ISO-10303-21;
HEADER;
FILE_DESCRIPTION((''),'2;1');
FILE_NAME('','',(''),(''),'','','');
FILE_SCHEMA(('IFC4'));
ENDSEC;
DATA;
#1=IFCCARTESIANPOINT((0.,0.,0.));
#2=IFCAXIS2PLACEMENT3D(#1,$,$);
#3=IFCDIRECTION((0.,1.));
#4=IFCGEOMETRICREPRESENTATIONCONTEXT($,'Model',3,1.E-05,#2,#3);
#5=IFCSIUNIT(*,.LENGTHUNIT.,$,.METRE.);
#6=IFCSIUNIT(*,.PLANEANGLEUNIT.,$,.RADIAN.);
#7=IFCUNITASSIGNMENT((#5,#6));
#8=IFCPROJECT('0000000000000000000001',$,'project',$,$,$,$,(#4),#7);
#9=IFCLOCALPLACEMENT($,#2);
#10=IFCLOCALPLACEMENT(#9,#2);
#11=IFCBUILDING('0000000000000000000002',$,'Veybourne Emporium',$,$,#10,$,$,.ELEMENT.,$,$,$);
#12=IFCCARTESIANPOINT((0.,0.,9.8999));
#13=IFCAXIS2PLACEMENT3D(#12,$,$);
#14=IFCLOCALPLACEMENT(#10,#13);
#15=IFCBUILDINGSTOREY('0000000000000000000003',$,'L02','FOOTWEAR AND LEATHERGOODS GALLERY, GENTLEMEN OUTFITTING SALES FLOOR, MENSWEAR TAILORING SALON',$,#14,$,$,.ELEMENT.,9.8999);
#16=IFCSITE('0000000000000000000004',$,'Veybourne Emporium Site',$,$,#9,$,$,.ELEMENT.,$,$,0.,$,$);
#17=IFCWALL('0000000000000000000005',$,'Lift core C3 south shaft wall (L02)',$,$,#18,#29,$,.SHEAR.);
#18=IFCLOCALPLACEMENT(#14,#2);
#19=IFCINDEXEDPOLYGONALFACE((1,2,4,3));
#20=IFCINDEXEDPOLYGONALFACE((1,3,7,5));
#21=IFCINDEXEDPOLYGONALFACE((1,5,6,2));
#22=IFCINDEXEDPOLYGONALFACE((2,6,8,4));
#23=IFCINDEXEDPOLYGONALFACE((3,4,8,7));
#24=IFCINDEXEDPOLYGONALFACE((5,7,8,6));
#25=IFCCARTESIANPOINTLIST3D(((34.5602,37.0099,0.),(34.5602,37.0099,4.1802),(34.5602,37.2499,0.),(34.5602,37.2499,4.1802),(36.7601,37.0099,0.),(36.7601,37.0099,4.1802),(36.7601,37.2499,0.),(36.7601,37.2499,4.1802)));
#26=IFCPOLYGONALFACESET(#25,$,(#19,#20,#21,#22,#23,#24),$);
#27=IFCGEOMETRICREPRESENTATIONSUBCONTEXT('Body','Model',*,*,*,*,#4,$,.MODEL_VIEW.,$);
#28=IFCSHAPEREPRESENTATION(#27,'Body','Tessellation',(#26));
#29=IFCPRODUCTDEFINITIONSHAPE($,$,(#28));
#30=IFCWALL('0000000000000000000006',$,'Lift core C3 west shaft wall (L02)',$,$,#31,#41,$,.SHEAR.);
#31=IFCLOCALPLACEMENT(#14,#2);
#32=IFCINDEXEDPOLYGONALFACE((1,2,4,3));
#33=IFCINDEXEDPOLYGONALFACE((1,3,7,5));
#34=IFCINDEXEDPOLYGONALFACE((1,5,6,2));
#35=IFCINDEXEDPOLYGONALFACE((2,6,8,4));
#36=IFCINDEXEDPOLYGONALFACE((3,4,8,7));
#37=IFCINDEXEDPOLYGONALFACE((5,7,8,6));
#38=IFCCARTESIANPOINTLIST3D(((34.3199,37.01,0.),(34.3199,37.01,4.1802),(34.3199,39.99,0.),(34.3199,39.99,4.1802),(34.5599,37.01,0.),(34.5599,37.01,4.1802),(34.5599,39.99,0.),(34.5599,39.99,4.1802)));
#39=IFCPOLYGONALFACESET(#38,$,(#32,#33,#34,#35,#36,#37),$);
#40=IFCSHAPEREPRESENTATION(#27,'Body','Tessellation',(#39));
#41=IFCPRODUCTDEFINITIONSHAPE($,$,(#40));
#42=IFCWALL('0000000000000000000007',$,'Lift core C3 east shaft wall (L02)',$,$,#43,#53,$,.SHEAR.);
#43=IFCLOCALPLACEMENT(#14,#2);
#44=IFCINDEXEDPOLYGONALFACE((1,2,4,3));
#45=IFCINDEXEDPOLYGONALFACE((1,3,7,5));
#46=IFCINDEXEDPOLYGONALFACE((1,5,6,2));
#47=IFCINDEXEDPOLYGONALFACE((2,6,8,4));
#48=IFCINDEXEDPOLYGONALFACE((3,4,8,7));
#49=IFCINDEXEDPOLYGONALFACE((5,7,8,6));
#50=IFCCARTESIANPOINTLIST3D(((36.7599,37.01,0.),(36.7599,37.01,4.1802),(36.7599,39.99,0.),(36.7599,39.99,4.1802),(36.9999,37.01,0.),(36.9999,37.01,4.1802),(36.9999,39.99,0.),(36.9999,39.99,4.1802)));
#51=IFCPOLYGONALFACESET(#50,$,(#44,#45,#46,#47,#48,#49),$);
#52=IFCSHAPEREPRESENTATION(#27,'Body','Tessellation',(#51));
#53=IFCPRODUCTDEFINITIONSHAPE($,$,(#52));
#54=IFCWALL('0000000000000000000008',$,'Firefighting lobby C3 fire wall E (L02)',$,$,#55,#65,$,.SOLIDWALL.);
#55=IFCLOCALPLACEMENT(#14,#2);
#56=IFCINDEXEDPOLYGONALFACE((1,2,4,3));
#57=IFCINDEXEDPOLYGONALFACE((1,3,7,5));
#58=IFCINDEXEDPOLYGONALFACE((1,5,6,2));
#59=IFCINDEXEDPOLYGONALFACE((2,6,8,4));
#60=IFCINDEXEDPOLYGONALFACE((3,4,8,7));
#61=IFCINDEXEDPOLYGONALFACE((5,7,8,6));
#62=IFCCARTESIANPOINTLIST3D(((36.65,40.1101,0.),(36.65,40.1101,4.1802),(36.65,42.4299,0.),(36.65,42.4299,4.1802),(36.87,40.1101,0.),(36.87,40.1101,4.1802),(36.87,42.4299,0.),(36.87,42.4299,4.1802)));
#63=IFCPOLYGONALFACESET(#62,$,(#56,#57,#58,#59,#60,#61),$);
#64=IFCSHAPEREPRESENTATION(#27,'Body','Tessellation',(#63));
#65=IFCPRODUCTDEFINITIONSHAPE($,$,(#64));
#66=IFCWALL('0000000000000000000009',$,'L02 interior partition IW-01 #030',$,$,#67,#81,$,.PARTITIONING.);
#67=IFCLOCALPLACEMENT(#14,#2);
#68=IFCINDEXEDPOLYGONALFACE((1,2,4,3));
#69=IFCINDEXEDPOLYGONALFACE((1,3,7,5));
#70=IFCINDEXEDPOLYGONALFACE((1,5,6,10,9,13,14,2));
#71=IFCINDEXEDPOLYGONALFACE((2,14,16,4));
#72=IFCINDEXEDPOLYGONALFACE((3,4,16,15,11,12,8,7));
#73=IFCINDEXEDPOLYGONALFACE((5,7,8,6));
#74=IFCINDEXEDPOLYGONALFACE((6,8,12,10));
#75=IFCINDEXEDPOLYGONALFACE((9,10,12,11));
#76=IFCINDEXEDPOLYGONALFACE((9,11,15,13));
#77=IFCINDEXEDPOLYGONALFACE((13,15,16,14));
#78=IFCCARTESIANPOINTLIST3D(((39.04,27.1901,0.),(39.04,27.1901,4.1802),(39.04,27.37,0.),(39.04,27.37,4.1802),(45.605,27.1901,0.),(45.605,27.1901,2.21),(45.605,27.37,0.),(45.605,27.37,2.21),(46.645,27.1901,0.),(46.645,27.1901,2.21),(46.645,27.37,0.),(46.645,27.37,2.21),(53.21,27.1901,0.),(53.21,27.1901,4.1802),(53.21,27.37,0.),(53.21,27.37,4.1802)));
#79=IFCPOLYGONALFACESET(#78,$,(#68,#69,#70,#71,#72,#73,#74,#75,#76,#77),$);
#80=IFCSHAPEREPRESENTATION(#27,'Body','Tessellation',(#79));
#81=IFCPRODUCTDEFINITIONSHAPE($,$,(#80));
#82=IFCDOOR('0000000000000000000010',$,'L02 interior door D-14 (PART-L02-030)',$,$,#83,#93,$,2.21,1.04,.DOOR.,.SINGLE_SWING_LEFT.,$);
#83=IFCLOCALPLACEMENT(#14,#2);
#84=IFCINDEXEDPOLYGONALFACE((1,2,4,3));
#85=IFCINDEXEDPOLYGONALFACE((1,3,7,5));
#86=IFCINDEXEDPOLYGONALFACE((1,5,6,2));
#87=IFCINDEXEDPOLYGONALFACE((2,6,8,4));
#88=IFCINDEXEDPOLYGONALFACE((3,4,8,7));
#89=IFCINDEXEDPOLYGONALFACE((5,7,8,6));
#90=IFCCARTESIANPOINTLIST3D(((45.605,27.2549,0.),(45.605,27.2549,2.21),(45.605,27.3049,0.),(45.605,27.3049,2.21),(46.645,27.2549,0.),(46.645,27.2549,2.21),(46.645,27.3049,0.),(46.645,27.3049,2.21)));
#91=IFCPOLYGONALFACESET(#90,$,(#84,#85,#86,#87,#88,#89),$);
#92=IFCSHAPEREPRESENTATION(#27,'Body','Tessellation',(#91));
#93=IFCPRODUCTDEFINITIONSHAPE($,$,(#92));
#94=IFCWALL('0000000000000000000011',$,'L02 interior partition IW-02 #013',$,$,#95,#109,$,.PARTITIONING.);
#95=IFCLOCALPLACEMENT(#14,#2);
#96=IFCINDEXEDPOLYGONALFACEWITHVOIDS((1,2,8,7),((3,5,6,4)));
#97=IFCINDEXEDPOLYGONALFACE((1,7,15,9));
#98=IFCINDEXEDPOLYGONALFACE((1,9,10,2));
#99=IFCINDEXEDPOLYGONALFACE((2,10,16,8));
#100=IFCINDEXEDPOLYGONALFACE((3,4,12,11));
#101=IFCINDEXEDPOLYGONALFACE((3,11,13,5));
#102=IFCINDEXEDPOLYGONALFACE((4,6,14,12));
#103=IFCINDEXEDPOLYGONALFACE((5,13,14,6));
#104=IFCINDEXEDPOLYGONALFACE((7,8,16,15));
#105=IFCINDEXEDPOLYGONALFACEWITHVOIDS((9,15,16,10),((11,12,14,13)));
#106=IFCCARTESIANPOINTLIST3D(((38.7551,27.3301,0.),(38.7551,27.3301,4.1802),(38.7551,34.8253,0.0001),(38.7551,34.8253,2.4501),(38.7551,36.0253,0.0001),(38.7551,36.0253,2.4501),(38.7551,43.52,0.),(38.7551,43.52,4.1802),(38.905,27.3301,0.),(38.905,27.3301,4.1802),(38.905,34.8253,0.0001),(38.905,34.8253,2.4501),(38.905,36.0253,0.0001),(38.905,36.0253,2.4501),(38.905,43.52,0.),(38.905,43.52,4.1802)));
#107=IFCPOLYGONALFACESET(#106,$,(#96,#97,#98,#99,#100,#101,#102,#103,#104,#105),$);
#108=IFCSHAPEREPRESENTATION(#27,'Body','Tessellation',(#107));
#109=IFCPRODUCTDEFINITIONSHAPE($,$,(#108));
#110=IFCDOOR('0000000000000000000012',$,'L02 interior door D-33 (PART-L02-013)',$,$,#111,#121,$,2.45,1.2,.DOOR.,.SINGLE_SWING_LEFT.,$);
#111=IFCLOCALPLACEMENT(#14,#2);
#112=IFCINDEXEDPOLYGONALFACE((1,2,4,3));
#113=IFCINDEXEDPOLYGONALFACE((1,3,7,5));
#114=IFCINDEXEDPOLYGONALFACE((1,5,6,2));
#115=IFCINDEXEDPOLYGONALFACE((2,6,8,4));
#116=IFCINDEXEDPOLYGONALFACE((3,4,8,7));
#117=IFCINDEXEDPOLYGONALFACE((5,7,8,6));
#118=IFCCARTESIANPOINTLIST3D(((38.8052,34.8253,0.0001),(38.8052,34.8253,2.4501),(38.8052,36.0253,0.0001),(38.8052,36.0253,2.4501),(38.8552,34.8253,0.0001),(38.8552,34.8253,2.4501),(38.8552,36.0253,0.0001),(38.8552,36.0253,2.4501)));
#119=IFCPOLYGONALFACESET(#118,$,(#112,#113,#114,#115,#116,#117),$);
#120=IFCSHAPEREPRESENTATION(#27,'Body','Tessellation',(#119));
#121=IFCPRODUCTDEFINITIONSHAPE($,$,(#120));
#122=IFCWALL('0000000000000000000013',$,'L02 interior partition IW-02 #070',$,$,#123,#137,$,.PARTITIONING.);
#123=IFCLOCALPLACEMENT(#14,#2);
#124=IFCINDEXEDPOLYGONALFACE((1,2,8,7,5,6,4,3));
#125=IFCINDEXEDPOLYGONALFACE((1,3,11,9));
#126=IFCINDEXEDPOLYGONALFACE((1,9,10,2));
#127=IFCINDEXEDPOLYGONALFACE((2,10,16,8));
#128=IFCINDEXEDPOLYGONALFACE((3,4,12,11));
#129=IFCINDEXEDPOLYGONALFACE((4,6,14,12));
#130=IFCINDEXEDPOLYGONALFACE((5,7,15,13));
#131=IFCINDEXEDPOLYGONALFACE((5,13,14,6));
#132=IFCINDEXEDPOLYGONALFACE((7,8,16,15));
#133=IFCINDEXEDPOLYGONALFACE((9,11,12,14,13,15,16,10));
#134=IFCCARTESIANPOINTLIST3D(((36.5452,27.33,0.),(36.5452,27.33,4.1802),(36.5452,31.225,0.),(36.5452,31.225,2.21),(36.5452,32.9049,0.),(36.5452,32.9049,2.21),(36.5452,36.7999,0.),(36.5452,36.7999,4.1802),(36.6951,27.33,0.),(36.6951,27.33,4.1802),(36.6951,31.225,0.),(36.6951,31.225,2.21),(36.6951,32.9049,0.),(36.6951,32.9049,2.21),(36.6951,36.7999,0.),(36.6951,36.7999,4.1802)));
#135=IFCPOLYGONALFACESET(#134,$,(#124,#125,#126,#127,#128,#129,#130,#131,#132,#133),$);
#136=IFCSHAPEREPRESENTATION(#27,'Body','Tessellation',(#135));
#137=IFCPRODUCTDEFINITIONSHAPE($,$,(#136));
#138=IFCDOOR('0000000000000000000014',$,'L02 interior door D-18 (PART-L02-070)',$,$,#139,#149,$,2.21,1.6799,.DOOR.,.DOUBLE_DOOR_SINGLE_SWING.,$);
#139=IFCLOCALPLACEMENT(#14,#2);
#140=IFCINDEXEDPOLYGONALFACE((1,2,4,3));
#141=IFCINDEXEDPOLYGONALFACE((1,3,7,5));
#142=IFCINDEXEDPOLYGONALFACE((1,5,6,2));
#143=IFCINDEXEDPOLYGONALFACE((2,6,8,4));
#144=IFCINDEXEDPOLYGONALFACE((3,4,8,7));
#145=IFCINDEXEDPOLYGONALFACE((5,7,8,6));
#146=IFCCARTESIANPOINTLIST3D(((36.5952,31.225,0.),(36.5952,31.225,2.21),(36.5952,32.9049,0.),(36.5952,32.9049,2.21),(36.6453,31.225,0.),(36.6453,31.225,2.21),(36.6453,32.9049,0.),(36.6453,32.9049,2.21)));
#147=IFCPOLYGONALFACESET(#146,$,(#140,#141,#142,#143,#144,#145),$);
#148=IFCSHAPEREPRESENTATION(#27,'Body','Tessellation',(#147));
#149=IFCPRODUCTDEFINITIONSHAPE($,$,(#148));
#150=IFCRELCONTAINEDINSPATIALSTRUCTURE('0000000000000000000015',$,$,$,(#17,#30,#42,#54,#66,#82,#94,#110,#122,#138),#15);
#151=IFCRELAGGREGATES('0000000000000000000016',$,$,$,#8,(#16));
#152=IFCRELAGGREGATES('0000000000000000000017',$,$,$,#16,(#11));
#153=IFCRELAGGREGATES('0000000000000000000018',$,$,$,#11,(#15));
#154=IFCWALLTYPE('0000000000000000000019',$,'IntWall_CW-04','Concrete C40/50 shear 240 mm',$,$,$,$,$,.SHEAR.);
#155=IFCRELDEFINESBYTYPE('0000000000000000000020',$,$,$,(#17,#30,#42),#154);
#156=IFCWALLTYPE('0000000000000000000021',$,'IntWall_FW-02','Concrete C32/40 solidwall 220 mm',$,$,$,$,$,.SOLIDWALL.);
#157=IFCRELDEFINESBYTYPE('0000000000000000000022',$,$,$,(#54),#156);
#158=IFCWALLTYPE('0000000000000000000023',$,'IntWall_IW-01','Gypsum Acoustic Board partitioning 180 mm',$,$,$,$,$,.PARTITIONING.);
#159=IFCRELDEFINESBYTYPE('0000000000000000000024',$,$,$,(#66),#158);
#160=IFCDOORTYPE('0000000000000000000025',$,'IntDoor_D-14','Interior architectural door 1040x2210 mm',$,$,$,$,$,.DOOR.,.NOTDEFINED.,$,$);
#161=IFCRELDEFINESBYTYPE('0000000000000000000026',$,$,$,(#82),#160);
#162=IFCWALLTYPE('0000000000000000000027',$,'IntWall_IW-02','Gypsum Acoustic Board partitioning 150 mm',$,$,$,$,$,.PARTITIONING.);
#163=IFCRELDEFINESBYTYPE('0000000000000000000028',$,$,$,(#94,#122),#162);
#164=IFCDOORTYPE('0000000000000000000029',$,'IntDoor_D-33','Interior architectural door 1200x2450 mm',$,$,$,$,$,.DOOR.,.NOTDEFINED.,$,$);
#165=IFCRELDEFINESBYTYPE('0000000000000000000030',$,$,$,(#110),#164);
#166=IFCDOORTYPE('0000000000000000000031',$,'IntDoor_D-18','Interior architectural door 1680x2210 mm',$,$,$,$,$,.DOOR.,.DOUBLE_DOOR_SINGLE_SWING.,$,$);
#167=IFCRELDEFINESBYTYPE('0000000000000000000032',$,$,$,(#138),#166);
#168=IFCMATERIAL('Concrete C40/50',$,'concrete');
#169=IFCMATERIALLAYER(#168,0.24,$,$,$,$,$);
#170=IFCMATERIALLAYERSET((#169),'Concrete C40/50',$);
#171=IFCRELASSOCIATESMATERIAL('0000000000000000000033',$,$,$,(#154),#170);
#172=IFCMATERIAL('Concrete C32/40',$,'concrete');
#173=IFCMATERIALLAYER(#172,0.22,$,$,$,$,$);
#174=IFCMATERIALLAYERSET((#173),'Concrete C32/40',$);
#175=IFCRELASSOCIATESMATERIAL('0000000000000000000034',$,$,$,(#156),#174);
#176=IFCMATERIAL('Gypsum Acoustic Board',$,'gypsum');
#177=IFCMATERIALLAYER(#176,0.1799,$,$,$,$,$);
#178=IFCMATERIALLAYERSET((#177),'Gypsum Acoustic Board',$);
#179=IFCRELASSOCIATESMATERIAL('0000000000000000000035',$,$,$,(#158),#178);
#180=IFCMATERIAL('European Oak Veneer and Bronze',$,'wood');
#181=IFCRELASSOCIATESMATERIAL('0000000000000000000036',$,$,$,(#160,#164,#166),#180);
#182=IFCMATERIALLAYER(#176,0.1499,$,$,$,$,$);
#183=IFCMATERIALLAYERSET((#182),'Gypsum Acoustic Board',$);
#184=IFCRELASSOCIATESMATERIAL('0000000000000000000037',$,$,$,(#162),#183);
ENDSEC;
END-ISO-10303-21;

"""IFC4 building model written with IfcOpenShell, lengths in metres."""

from ifc_helpers import new_model, si_unit, direction, frame, frame_2d, origin, place, context, subcontext, project, spatial, rectangle, extrude, material, layer, layer_set, type_object, element, fill, save


model = new_model("IFC4")

# Units and contexts
model_context = context("Model", 3, precision=1e-05, world=origin(), true_north=direction((0.0, 1.0)))
body_context = subcontext(model_context, "Body", "Model", "MODEL_VIEW")
ifc_project = project(units=[si_unit("LENGTHUNIT", "METRE"), si_unit("PLANEANGLEUNIT", "RADIAN")], contexts=[model_context])

# Site, building, storey
site_placement = place(None, origin())
site = spatial("IfcSite", under=ifc_project, at=site_placement, Name="Veybourne Emporium Site", CompositionType="ELEMENT", RefElevation=0.0)
building_placement = place(site_placement, origin())
building = spatial("IfcBuilding", under=site, at=building_placement, Name="Veybourne Emporium", CompositionType="ELEMENT")
storey_placement = place(building_placement, frame((0.0, 0.0, 9.8999)))
storey = spatial("IfcBuildingStorey", under=building, at=storey_placement, Name="L02", Description="FOOTWEAR AND LEATHERGOODS GALLERY, GENTLEMEN OUTFITTING SALES FLOOR, MENSWEAR TAILORING SALON", CompositionType="ELEMENT", Elevation=9.8999)

# Shared definitions
ifc_material_1 = material(Name="Concrete C40/50", Category="concrete")

# Shared definitions
ifc_material_2 = material(Name="Concrete C32/40", Category="concrete")

# Shared definitions
ifc_layer_1 = layer(ifc_material_1, 0.24)
ifc_layer_set_1 = layer_set([ifc_layer_1], Name="Concrete C40/50")
wall_type_1 = type_object("IfcWallType", Name="IntWall_CW-04", Description="Concrete C40/50 shear 240 mm", PredefinedType="SHEAR", material=ifc_layer_set_1)

# Walls
wall_1_placement = place(storey_placement, frame((34.5601, 37.1299, 0.0), z_axis=(0.0, 0.0, 1.0), x_axis=(1.0, 0.0, 0.0)))
element("IfcWall", 1, at=wall_1_placement, inside=storey, type_object=wall_type_1, Name="Lift core C3 south shaft wall (L02)", PredefinedType="SHEAR", context=body_context, shape_type="SweptSolid", body=[
    extrude(rectangle(XDim=2.2, YDim=0.24, at=frame_2d((1.1001, 0.0))), origin(), (0.0, 0.0, 1.0), 4.1802),
])
for number, where, z_axis, x_axis, name in (
    (2, (34.4399, 39.99, 0.0), (0.0, 0.0, 1.0), (0.0, -1.0, 0.0), "Lift core C3 west shaft wall (L02)"),
    (3, (36.8799, 37.01, 0.0), (0.0, 0.0, 1.0), (0.0, 1.0, 0.0), "Lift core C3 east shaft wall (L02)"),
):
    element("IfcWall", number, at=place(storey_placement, frame(where, z_axis=z_axis, x_axis=x_axis)), inside=storey, type_object=wall_type_1, Name=name, PredefinedType="SHEAR", context=body_context, shape_type="SweptSolid", body=[
        extrude(rectangle(XDim=2.98, YDim=0.24, at=frame_2d((1.49, 0.0))), origin(), (0.0, 0.0, 1.0), 4.1802),
    ])

# Shared definitions
ifc_layer_2 = layer(ifc_material_2, 0.22)
ifc_layer_set_2 = layer_set([ifc_layer_2], Name="Concrete C32/40")
wall_type_2 = type_object("IfcWallType", Name="IntWall_FW-02", Description="Concrete C32/40 solidwall 220 mm", PredefinedType="SOLIDWALL", material=ifc_layer_set_2)

# Wall
wall_2_placement = place(storey_placement, frame((36.76, 40.1101, 0.0), z_axis=(0.0, 0.0, 1.0), x_axis=(0.0, 1.0, 0.0)))
element("IfcWall", 4, at=wall_2_placement, inside=storey, type_object=wall_type_2, Name="Firefighting lobby C3 fire wall E (L02)", PredefinedType="SOLIDWALL", context=body_context, shape_type="SweptSolid", body=[
    extrude(rectangle(XDim=2.3198, YDim=0.22, at=frame_2d((1.1599, 0.0))), origin(), (0.0, 0.0, 1.0), 4.1802),
])

# Walls, openings, doors
ifc_material_3 = material(Name="Gypsum Acoustic Board", Category="gypsum")
ifc_layer_3 = layer(ifc_material_3, 0.1799)
ifc_layer_set_3 = layer_set([ifc_layer_3], Name="Gypsum Acoustic Board")
wall_type_3 = type_object("IfcWallType", Name="IntWall_IW-01", Description="Gypsum Acoustic Board partitioning 180 mm", PredefinedType="PARTITIONING", material=ifc_layer_set_3)
wall_3_placement = place(storey_placement, frame((39.04, 27.28, 0.0), z_axis=(0.0, 0.0, 1.0), x_axis=(1.0, 0.0, 0.0)))
wall_3 = element("IfcWall", 5, at=wall_3_placement, inside=storey, type_object=wall_type_3, Name="L02 interior partition IW-01 #030", PredefinedType="PARTITIONING", context=body_context, shape_type="SweptSolid", body=[
    extrude(rectangle(XDim=14.1699, YDim=0.1799, at=frame_2d((7.085, 0.0))), origin(), (0.0, 0.0, 1.0), 4.1802),
])
opening_1_placement = place(wall_3_placement, frame((6.5649, 0.0, 0.0)))
opening_1 = element("IfcOpeningElement", 6, at=opening_1_placement, cuts=wall_3, PredefinedType="OPENING", context=body_context, shape_type="SweptSolid", body=[
    extrude(rectangle(XDim=1.04, YDim=2.21, at=frame_2d((0.52, 1.105))), frame((0.0, 0.1099, 0.0), z_axis=(0.0, -1.0, 0.0), x_axis=(1.0, 0.0, 0.0)), (0.0, 0.0, 1.0), 0.22),
])
ifc_material_4 = material(Name="European Oak Veneer and Bronze", Category="wood")
door_type_1 = type_object("IfcDoorType", Name="IntDoor_D-14", Description="Interior architectural door 1040x2210 mm", OperationType="NOTDEFINED", PredefinedType="DOOR", material=ifc_material_4)
door_1_placement = place(opening_1_placement, origin())
door_1 = element("IfcDoor", 7, at=door_1_placement, inside=storey, type_object=door_type_1, Name="L02 interior door D-14 (PART-L02-030)", OperationType="SINGLE_SWING_LEFT", OverallHeight=2.21, OverallWidth=1.04, PredefinedType="DOOR", context=body_context, shape_type="SweptSolid", body=[
    extrude(rectangle(XDim=1.04, YDim=2.21, at=frame_2d((0.52, 1.105))), frame((0.0, 0.0249, 0.0), z_axis=(0.0, -1.0, 0.0), x_axis=(1.0, 0.0, 0.0)), (0.0, 0.0, 1.0), 0.05),
])
fill(opening_1, door_1)
ifc_layer_4 = layer(ifc_material_3, 0.1499)
ifc_layer_set_4 = layer_set([ifc_layer_4], Name="Gypsum Acoustic Board")
wall_type_4 = type_object("IfcWallType", Name="IntWall_IW-02", Description="Gypsum Acoustic Board partitioning 150 mm", PredefinedType="PARTITIONING", material=ifc_layer_set_4)
wall_4_placement = place(storey_placement, frame((38.8301, 27.3301, 0.0), z_axis=(0.0, 0.0, 1.0), x_axis=(0.0, 1.0, 0.0)))
wall_4 = element("IfcWall", 8, at=wall_4_placement, inside=storey, type_object=wall_type_4, Name="L02 interior partition IW-02 #013", PredefinedType="PARTITIONING", context=body_context, shape_type="SweptSolid", body=[
    extrude(rectangle(XDim=16.1899, YDim=0.1499, at=frame_2d((8.095, 0.0))), origin(), (0.0, 0.0, 1.0), 4.1802),
])
opening_2_placement = place(wall_4_placement, frame((7.4951, 0.0, 0.0)))
opening_2 = element("IfcOpeningElement", 9, at=opening_2_placement, cuts=wall_4, PredefinedType="OPENING", context=body_context, shape_type="SweptSolid", body=[
    extrude(rectangle(XDim=1.2, YDim=2.45, at=frame_2d((0.6001, 1.2251))), frame((0.0, 0.095, 0.0), z_axis=(0.0, -1.0, 0.0), x_axis=(1.0, 0.0, 0.0)), (0.0, 0.0, 1.0), 0.1899),
])
door_type_2 = type_object("IfcDoorType", Name="IntDoor_D-33", Description="Interior architectural door 1200x2450 mm", OperationType="NOTDEFINED", PredefinedType="DOOR", material=ifc_material_4)
door_2_placement = place(opening_2_placement, origin())
door_2 = element("IfcDoor", 10, at=door_2_placement, inside=storey, type_object=door_type_2, Name="L02 interior door D-33 (PART-L02-013)", OperationType="SINGLE_SWING_LEFT", OverallHeight=2.45, OverallWidth=1.2, PredefinedType="DOOR", context=body_context, shape_type="SweptSolid", body=[
    extrude(rectangle(XDim=1.2, YDim=2.45, at=frame_2d((0.6001, 1.2251))), frame((0.0, 0.0249, 0.0), z_axis=(0.0, -1.0, 0.0), x_axis=(1.0, 0.0, 0.0)), (0.0, 0.0, 1.0), 0.05),
])
fill(opening_2, door_2)
wall_5_placement = place(storey_placement, frame((36.6201, 27.3301, 0.0), z_axis=(0.0, 0.0, 1.0), x_axis=(0.0, 1.0, 0.0)))
wall_5 = element("IfcWall", 11, at=wall_5_placement, inside=storey, type_object=wall_type_4, Name="L02 interior partition IW-02 #070", PredefinedType="PARTITIONING", context=body_context, shape_type="SweptSolid", body=[
    extrude(rectangle(XDim=9.47, YDim=0.1499, at=frame_2d((4.7349, 0.0))), origin(), (0.0, 0.0, 1.0), 4.1802),
])
opening_3_placement = place(wall_5_placement, frame((3.895, 0.0, 0.0)))
opening_3 = element("IfcOpeningElement", 12, at=opening_3_placement, cuts=wall_5, PredefinedType="OPENING", context=body_context, shape_type="SweptSolid", body=[
    extrude(rectangle(XDim=1.6799, YDim=2.21, at=frame_2d((0.8398, 1.105))), frame((0.0, 0.095, 0.0), z_axis=(0.0, -1.0, 0.0), x_axis=(1.0, 0.0, 0.0)), (0.0, 0.0, 1.0), 0.1899),
])
door_type_3 = type_object("IfcDoorType", Name="IntDoor_D-18", Description="Interior architectural door 1680x2210 mm", OperationType="DOUBLE_DOOR_SINGLE_SWING", PredefinedType="DOOR", material=ifc_material_4)
door_3_placement = place(opening_3_placement, origin())
door_3 = element("IfcDoor", 13, at=door_3_placement, inside=storey, type_object=door_type_3, Name="L02 interior door D-18 (PART-L02-070)", OperationType="DOUBLE_DOOR_SINGLE_SWING", OverallHeight=2.21, OverallWidth=1.6799, PredefinedType="DOOR", context=body_context, shape_type="SweptSolid", body=[
    extrude(rectangle(XDim=1.6799, YDim=2.21, at=frame_2d((0.8398, 1.105))), frame((0.0, 0.0249, 0.0), z_axis=(0.0, -1.0, 0.0), x_axis=(1.0, 0.0, 0.0)), (0.0, 0.0, 1.0), 0.05),
])
fill(opening_3, door_3)

save(model, "model.ifc")
